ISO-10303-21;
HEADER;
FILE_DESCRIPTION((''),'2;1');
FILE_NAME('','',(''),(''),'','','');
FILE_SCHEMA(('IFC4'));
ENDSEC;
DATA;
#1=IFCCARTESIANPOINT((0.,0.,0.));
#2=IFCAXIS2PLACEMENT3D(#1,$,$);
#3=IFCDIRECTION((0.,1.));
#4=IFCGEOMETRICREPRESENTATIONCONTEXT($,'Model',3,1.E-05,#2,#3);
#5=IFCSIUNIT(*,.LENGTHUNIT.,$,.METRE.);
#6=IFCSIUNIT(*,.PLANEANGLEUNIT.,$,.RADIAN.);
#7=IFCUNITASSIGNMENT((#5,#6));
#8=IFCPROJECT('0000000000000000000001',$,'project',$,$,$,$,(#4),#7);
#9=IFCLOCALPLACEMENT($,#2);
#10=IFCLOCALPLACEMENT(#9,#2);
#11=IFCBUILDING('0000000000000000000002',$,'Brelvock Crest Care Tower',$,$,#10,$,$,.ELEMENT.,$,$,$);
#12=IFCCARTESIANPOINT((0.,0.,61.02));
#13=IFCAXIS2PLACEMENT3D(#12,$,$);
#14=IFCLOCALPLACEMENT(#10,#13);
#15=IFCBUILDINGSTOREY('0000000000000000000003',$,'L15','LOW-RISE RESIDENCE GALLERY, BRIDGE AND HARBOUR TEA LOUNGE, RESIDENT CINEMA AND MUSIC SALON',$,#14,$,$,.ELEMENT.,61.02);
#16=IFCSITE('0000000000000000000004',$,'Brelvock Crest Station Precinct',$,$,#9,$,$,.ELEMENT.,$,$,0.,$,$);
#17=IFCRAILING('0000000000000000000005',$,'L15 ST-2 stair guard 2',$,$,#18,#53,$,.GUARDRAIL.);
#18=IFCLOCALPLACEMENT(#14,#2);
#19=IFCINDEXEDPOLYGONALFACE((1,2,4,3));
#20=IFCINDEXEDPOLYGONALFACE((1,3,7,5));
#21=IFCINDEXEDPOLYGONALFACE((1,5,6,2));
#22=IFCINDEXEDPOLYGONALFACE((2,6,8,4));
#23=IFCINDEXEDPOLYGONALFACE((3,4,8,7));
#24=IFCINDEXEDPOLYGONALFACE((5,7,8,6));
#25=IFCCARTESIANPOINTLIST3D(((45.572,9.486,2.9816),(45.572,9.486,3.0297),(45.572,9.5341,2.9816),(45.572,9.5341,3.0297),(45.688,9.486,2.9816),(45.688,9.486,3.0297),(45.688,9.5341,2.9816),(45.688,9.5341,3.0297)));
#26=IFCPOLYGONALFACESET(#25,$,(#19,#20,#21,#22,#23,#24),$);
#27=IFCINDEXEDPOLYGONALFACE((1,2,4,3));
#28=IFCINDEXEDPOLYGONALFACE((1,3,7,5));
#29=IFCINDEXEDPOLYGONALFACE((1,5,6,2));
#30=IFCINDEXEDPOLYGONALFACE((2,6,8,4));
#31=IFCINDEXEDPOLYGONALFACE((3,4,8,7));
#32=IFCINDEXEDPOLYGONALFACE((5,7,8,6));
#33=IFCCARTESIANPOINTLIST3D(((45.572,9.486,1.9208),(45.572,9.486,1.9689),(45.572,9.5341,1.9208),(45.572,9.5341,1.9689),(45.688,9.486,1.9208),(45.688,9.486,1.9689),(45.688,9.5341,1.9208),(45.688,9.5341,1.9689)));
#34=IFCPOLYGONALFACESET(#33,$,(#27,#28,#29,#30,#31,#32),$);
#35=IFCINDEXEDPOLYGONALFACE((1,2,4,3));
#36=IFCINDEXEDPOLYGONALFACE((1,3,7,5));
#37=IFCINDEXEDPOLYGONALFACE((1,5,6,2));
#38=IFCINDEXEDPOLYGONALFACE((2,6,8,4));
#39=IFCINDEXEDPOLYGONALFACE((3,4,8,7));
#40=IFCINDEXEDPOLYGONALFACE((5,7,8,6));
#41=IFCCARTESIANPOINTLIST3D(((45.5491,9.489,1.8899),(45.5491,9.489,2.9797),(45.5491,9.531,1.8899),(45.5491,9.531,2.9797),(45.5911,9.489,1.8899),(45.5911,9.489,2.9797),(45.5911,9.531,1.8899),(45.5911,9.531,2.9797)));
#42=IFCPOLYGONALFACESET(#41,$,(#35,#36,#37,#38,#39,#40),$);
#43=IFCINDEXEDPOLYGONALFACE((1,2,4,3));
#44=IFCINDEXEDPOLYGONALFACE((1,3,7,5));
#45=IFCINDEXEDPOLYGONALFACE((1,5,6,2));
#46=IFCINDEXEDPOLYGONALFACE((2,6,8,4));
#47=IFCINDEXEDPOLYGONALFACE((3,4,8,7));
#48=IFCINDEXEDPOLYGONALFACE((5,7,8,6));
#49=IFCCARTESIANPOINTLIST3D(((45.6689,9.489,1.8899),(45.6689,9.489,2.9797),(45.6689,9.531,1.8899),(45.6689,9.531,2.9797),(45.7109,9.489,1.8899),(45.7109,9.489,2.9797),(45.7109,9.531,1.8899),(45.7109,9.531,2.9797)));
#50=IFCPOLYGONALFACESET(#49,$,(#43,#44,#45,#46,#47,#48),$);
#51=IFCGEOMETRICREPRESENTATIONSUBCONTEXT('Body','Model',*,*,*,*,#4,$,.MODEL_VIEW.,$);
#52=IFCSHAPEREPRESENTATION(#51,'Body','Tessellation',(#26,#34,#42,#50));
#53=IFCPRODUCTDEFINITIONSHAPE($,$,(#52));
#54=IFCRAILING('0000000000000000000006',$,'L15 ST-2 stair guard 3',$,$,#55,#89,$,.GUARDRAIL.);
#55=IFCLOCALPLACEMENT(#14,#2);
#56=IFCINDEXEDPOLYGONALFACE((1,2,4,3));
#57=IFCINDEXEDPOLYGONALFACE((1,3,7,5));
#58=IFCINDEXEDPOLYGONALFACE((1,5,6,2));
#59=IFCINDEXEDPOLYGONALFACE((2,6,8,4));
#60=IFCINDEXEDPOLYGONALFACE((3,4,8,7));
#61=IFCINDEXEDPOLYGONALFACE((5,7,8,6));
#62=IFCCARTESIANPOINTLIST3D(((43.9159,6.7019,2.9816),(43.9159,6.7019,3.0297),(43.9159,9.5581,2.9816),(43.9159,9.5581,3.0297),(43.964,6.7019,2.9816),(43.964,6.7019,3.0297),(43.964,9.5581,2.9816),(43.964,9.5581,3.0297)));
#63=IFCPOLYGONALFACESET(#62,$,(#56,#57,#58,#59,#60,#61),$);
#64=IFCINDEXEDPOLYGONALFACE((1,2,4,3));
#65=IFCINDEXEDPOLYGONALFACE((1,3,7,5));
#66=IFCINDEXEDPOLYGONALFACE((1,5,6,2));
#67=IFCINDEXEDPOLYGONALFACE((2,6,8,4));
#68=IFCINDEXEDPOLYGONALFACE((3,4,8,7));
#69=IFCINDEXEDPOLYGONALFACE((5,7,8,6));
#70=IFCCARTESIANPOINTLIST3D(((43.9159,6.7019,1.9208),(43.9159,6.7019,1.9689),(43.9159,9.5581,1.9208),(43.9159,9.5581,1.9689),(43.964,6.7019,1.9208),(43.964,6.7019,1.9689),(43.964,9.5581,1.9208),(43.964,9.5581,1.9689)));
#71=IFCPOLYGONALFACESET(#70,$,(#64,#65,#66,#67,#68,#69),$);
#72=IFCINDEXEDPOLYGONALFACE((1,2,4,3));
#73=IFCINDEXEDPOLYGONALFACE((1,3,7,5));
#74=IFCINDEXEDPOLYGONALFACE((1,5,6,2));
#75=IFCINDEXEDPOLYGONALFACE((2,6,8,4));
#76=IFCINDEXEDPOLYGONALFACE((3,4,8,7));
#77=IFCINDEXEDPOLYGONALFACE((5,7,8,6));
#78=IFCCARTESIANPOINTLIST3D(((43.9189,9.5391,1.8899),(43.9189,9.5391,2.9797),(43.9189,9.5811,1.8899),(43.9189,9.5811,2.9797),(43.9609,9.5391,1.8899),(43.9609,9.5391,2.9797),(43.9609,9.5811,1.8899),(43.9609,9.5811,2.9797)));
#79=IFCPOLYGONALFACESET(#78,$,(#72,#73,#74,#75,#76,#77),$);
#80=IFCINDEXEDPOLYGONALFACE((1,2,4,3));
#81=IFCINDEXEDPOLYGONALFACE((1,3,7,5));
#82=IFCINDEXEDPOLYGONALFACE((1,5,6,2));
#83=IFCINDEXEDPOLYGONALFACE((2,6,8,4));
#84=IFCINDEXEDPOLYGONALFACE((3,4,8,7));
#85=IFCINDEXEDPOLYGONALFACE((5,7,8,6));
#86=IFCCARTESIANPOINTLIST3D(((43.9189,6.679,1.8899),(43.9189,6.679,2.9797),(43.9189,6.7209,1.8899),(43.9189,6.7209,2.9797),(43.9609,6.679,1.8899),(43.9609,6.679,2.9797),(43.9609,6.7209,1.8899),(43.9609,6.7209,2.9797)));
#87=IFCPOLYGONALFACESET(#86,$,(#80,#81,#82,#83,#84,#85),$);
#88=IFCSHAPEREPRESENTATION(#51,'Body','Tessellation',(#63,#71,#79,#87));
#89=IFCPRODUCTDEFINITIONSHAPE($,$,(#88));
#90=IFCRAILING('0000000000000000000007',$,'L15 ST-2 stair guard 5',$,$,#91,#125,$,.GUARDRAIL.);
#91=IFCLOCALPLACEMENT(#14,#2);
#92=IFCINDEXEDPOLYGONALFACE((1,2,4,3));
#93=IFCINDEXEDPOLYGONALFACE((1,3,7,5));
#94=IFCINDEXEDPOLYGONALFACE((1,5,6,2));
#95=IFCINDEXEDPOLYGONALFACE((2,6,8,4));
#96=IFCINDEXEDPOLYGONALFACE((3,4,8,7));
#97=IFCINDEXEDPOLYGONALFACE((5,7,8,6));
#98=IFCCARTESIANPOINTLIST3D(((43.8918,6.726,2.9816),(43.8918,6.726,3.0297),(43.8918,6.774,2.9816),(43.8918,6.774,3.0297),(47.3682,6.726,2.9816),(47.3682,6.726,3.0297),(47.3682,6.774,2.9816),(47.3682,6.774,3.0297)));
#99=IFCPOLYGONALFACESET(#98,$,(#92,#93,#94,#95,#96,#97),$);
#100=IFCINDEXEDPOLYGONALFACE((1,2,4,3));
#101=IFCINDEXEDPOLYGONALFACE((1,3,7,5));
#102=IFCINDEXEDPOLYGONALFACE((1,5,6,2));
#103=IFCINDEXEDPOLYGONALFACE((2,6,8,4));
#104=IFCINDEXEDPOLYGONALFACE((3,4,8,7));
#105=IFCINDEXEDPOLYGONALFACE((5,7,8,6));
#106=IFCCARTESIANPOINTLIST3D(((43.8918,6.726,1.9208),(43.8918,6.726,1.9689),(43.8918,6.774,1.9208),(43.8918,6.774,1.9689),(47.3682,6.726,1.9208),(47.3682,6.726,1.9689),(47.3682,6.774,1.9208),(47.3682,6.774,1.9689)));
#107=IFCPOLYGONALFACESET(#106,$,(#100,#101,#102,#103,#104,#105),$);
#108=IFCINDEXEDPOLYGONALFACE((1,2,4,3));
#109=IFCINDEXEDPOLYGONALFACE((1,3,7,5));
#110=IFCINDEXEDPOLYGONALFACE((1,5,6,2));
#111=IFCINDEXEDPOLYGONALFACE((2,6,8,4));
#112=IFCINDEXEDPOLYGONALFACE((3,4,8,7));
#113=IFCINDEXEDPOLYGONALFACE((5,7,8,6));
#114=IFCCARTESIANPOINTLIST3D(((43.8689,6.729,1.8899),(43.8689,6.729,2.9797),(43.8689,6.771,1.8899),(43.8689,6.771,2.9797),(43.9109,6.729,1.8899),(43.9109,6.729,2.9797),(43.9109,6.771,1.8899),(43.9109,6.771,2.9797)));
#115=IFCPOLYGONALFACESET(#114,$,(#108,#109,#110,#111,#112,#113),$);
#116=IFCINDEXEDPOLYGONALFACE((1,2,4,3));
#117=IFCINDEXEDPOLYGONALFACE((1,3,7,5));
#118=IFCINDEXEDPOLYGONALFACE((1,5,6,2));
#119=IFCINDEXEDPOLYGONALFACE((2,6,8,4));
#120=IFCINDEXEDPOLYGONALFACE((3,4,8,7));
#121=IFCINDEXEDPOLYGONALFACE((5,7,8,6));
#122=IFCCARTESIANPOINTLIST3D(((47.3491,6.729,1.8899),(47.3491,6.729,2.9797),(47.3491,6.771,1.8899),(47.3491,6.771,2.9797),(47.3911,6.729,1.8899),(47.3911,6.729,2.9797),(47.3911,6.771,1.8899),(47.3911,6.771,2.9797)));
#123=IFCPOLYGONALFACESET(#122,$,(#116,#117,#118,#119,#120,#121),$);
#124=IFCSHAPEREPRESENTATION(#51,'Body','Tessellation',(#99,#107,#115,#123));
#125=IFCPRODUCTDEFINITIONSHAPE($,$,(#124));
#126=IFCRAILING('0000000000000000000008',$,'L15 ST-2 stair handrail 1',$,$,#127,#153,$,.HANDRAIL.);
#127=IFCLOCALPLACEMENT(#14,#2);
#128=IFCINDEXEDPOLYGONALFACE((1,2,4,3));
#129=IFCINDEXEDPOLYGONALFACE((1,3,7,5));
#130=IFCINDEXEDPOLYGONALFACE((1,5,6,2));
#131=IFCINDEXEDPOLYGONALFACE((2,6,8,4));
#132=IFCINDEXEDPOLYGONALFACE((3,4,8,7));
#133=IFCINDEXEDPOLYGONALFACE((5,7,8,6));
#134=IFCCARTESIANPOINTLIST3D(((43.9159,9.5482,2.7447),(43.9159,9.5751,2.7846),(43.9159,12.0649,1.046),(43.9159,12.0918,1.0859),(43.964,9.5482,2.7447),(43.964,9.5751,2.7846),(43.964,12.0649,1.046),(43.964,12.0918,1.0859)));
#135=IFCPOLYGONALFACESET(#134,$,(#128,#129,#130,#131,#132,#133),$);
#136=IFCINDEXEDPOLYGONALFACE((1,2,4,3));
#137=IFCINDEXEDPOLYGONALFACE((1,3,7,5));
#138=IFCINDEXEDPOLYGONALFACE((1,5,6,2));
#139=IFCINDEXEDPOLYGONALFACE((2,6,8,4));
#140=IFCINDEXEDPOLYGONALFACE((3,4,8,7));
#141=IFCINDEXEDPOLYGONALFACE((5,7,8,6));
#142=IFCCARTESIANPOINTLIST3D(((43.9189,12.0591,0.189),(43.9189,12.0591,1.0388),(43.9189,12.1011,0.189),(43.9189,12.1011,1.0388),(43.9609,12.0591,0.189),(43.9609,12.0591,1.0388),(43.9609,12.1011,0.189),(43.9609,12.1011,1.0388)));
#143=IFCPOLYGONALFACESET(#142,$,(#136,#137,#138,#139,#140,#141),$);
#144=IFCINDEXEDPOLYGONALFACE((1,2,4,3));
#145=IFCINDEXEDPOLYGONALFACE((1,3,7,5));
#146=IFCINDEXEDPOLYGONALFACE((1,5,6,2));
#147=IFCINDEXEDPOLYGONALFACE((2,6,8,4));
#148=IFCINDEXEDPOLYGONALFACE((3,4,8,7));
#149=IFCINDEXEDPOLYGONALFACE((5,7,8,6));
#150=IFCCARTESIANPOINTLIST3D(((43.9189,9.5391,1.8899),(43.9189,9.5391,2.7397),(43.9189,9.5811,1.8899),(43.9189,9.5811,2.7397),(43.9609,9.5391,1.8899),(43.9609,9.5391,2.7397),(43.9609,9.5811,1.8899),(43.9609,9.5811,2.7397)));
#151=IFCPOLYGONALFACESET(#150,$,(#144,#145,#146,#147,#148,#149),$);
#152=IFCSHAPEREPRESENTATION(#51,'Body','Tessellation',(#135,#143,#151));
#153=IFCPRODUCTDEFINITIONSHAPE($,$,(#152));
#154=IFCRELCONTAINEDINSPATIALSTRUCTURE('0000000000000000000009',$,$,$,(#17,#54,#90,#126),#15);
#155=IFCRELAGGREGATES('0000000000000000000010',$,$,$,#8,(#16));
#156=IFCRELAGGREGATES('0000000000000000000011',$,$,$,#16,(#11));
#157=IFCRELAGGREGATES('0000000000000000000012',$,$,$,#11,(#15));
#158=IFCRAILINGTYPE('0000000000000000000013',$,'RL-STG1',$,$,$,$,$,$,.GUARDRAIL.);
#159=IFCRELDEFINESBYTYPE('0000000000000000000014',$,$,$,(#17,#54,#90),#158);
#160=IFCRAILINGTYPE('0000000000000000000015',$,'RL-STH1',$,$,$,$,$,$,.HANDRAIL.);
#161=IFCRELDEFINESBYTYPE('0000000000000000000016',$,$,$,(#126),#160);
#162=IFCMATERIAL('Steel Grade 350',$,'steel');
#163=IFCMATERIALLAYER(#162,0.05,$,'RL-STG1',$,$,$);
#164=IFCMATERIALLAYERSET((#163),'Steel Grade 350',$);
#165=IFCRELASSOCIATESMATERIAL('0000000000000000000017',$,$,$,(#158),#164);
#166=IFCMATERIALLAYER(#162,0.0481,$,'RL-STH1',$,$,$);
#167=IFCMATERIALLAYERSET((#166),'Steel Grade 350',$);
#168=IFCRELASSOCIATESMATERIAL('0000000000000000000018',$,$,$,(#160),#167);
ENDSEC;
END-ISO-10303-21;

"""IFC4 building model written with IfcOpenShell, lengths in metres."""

from ifc_helpers import new_model, si_unit, direction, frame, origin, origin_2d, place, context, subcontext, project, spatial, rectangle, extrude, material, layer, layer_set, type_object, element, save


model = new_model("IFC4")

# Units and contexts
model_context = context("Model", 3, precision=1e-05, world=origin(), true_north=direction((0.0, 1.0)))
body_context = subcontext(model_context, "Body", "Model", "MODEL_VIEW")
ifc_project = project(units=[si_unit("LENGTHUNIT", "METRE"), si_unit("PLANEANGLEUNIT", "RADIAN")], contexts=[model_context])

# Site, building, storey
site_placement = place(None, origin())
site = spatial("IfcSite", under=ifc_project, at=site_placement, Name="Brelvock Crest Station Precinct", CompositionType="ELEMENT", RefElevation=0.0)
building_placement = place(site_placement, origin())
building = spatial("IfcBuilding", under=site, at=building_placement, Name="Brelvock Crest Care Tower", CompositionType="ELEMENT")
storey_placement = place(building_placement, frame((0.0, 0.0, 61.02)))
storey = spatial("IfcBuildingStorey", under=building, at=storey_placement, Name="L15", Description="LOW-RISE RESIDENCE GALLERY, BRIDGE AND HARBOUR TEA LOUNGE, RESIDENT CINEMA AND MUSIC SALON", CompositionType="ELEMENT", Elevation=61.02)

# Shared definitions
ifc_material_1 = material(Name="Steel Grade 350", Category="steel")

# Railings
ifc_layer_1 = layer(ifc_material_1, 0.05, Name="RL-STG1")
ifc_layer_set_1 = layer_set([ifc_layer_1], Name="Steel Grade 350")
railing_type_1 = type_object("IfcRailingType", Name="RL-STG1", PredefinedType="GUARDRAIL", material=ifc_layer_set_1)
railing_1_placement = place(storey_placement, frame((45.5701, 9.51, 1.8899)))
element("IfcRailing", 1, at=railing_1_placement, inside=storey, type_object=railing_type_1, Name="L15 ST-2 stair guard 2", PredefinedType="GUARDRAIL", context=body_context, shape_type="SweptSolid", body=[
    extrude(rectangle(XDim=0.0481, YDim=0.0481, at=origin_2d()), frame((0.002, 0.0, 1.1157), z_axis=(1.0, 0.0, 0.0), x_axis=(0.0, 1.0, 0.0)), (0.0, 0.0, 1.0), 0.116),
    extrude(rectangle(XDim=0.0481, YDim=0.0481, at=origin_2d()), frame((0.002, 0.0, 0.0549), z_axis=(1.0, 0.0, 0.0), x_axis=(0.0, 1.0, 0.0)), (0.0, 0.0, 1.0), 0.116),
    extrude(rectangle(XDim=0.042, YDim=0.042, at=origin_2d()), origin(), (0.0, 0.0, 1.0), 1.0898),
    extrude(rectangle(XDim=0.042, YDim=0.042, at=origin_2d()), frame((0.1199, 0.0, 0.0)), (0.0, 0.0, 1.0), 1.0898),
])
railing_2_placement = place(storey_placement, frame((43.9399, 9.5601, 1.8899)))
element("IfcRailing", 2, at=railing_2_placement, inside=storey, type_object=railing_type_1, Name="L15 ST-2 stair guard 3", PredefinedType="GUARDRAIL", context=body_context, shape_type="SweptSolid", body=[
    extrude(rectangle(XDim=0.0481, YDim=0.0481, at=origin_2d()), frame((0.0, -0.002, 1.1157), z_axis=(0.0, -1.0, 0.0), x_axis=(1.0, 0.0, 0.0)), (0.0, 0.0, 1.0), 2.8562),
    extrude(rectangle(XDim=0.0481, YDim=0.0481, at=origin_2d()), frame((0.0, -0.002, 0.0549), z_axis=(0.0, -1.0, 0.0), x_axis=(1.0, 0.0, 0.0)), (0.0, 0.0, 1.0), 2.8562),
    extrude(rectangle(XDim=0.042, YDim=0.042, at=origin_2d()), origin(), (0.0, 0.0, 1.0), 1.0898),
    extrude(rectangle(XDim=0.042, YDim=0.042, at=origin_2d()), frame((0.0, -2.8601, 0.0)), (0.0, 0.0, 1.0), 1.0898),
])
railing_3_placement = place(storey_placement, frame((43.8899, 6.75, 1.8899)))
element("IfcRailing", 3, at=railing_3_placement, inside=storey, type_object=railing_type_1, Name="L15 ST-2 stair guard 5", PredefinedType="GUARDRAIL", context=body_context, shape_type="SweptSolid", body=[
    extrude(rectangle(XDim=0.0481, YDim=0.0481, at=origin_2d()), frame((0.002, 0.0, 1.1157), z_axis=(1.0, 0.0, 0.0), x_axis=(0.0, 1.0, 0.0)), (0.0, 0.0, 1.0), 3.4763),
    extrude(rectangle(XDim=0.0481, YDim=0.0481, at=origin_2d()), frame((0.002, 0.0, 0.0549), z_axis=(1.0, 0.0, 0.0), x_axis=(0.0, 1.0, 0.0)), (0.0, 0.0, 1.0), 3.4763),
    extrude(rectangle(XDim=0.042, YDim=0.042, at=origin_2d()), origin(), (0.0, 0.0, 1.0), 1.0898),
    extrude(rectangle(XDim=0.042, YDim=0.042, at=origin_2d()), frame((3.4802, 0.0, 0.0)), (0.0, 0.0, 1.0), 1.0898),
])
ifc_layer_2 = layer(ifc_material_1, 0.0481, Name="RL-STH1")
ifc_layer_set_2 = layer_set([ifc_layer_2], Name="Steel Grade 350")
railing_type_2 = type_object("IfcRailingType", Name="RL-STH1", PredefinedType="HANDRAIL", material=ifc_layer_set_2)
railing_4_placement = place(storey_placement, frame((43.9399, 12.0801, 0.189)))
element("IfcRailing", 4, at=railing_4_placement, inside=storey, type_object=railing_type_2, Name="L15 ST-2 stair handrail 1", PredefinedType="HANDRAIL", context=body_context, shape_type="SweptSolid", body=[
    extrude(rectangle(XDim=0.0481, YDim=0.0481, at=origin_2d()), frame((0.0, -0.0017, 0.877), z_axis=(0.0, -0.828862, 0.559454), x_axis=(1.0, 0.0, 0.0)), (0.0, 0.0, 1.0), 3.0364),
    extrude(rectangle(XDim=0.042, YDim=0.042, at=origin_2d()), origin(), (0.0, 0.0, 1.0), 0.8499),
    extrude(rectangle(XDim=0.042, YDim=0.042, at=origin_2d()), frame((0.0, -2.52, 1.7009)), (0.0, 0.0, 1.0), 0.8499),
])

save(model, "model.ifc")
